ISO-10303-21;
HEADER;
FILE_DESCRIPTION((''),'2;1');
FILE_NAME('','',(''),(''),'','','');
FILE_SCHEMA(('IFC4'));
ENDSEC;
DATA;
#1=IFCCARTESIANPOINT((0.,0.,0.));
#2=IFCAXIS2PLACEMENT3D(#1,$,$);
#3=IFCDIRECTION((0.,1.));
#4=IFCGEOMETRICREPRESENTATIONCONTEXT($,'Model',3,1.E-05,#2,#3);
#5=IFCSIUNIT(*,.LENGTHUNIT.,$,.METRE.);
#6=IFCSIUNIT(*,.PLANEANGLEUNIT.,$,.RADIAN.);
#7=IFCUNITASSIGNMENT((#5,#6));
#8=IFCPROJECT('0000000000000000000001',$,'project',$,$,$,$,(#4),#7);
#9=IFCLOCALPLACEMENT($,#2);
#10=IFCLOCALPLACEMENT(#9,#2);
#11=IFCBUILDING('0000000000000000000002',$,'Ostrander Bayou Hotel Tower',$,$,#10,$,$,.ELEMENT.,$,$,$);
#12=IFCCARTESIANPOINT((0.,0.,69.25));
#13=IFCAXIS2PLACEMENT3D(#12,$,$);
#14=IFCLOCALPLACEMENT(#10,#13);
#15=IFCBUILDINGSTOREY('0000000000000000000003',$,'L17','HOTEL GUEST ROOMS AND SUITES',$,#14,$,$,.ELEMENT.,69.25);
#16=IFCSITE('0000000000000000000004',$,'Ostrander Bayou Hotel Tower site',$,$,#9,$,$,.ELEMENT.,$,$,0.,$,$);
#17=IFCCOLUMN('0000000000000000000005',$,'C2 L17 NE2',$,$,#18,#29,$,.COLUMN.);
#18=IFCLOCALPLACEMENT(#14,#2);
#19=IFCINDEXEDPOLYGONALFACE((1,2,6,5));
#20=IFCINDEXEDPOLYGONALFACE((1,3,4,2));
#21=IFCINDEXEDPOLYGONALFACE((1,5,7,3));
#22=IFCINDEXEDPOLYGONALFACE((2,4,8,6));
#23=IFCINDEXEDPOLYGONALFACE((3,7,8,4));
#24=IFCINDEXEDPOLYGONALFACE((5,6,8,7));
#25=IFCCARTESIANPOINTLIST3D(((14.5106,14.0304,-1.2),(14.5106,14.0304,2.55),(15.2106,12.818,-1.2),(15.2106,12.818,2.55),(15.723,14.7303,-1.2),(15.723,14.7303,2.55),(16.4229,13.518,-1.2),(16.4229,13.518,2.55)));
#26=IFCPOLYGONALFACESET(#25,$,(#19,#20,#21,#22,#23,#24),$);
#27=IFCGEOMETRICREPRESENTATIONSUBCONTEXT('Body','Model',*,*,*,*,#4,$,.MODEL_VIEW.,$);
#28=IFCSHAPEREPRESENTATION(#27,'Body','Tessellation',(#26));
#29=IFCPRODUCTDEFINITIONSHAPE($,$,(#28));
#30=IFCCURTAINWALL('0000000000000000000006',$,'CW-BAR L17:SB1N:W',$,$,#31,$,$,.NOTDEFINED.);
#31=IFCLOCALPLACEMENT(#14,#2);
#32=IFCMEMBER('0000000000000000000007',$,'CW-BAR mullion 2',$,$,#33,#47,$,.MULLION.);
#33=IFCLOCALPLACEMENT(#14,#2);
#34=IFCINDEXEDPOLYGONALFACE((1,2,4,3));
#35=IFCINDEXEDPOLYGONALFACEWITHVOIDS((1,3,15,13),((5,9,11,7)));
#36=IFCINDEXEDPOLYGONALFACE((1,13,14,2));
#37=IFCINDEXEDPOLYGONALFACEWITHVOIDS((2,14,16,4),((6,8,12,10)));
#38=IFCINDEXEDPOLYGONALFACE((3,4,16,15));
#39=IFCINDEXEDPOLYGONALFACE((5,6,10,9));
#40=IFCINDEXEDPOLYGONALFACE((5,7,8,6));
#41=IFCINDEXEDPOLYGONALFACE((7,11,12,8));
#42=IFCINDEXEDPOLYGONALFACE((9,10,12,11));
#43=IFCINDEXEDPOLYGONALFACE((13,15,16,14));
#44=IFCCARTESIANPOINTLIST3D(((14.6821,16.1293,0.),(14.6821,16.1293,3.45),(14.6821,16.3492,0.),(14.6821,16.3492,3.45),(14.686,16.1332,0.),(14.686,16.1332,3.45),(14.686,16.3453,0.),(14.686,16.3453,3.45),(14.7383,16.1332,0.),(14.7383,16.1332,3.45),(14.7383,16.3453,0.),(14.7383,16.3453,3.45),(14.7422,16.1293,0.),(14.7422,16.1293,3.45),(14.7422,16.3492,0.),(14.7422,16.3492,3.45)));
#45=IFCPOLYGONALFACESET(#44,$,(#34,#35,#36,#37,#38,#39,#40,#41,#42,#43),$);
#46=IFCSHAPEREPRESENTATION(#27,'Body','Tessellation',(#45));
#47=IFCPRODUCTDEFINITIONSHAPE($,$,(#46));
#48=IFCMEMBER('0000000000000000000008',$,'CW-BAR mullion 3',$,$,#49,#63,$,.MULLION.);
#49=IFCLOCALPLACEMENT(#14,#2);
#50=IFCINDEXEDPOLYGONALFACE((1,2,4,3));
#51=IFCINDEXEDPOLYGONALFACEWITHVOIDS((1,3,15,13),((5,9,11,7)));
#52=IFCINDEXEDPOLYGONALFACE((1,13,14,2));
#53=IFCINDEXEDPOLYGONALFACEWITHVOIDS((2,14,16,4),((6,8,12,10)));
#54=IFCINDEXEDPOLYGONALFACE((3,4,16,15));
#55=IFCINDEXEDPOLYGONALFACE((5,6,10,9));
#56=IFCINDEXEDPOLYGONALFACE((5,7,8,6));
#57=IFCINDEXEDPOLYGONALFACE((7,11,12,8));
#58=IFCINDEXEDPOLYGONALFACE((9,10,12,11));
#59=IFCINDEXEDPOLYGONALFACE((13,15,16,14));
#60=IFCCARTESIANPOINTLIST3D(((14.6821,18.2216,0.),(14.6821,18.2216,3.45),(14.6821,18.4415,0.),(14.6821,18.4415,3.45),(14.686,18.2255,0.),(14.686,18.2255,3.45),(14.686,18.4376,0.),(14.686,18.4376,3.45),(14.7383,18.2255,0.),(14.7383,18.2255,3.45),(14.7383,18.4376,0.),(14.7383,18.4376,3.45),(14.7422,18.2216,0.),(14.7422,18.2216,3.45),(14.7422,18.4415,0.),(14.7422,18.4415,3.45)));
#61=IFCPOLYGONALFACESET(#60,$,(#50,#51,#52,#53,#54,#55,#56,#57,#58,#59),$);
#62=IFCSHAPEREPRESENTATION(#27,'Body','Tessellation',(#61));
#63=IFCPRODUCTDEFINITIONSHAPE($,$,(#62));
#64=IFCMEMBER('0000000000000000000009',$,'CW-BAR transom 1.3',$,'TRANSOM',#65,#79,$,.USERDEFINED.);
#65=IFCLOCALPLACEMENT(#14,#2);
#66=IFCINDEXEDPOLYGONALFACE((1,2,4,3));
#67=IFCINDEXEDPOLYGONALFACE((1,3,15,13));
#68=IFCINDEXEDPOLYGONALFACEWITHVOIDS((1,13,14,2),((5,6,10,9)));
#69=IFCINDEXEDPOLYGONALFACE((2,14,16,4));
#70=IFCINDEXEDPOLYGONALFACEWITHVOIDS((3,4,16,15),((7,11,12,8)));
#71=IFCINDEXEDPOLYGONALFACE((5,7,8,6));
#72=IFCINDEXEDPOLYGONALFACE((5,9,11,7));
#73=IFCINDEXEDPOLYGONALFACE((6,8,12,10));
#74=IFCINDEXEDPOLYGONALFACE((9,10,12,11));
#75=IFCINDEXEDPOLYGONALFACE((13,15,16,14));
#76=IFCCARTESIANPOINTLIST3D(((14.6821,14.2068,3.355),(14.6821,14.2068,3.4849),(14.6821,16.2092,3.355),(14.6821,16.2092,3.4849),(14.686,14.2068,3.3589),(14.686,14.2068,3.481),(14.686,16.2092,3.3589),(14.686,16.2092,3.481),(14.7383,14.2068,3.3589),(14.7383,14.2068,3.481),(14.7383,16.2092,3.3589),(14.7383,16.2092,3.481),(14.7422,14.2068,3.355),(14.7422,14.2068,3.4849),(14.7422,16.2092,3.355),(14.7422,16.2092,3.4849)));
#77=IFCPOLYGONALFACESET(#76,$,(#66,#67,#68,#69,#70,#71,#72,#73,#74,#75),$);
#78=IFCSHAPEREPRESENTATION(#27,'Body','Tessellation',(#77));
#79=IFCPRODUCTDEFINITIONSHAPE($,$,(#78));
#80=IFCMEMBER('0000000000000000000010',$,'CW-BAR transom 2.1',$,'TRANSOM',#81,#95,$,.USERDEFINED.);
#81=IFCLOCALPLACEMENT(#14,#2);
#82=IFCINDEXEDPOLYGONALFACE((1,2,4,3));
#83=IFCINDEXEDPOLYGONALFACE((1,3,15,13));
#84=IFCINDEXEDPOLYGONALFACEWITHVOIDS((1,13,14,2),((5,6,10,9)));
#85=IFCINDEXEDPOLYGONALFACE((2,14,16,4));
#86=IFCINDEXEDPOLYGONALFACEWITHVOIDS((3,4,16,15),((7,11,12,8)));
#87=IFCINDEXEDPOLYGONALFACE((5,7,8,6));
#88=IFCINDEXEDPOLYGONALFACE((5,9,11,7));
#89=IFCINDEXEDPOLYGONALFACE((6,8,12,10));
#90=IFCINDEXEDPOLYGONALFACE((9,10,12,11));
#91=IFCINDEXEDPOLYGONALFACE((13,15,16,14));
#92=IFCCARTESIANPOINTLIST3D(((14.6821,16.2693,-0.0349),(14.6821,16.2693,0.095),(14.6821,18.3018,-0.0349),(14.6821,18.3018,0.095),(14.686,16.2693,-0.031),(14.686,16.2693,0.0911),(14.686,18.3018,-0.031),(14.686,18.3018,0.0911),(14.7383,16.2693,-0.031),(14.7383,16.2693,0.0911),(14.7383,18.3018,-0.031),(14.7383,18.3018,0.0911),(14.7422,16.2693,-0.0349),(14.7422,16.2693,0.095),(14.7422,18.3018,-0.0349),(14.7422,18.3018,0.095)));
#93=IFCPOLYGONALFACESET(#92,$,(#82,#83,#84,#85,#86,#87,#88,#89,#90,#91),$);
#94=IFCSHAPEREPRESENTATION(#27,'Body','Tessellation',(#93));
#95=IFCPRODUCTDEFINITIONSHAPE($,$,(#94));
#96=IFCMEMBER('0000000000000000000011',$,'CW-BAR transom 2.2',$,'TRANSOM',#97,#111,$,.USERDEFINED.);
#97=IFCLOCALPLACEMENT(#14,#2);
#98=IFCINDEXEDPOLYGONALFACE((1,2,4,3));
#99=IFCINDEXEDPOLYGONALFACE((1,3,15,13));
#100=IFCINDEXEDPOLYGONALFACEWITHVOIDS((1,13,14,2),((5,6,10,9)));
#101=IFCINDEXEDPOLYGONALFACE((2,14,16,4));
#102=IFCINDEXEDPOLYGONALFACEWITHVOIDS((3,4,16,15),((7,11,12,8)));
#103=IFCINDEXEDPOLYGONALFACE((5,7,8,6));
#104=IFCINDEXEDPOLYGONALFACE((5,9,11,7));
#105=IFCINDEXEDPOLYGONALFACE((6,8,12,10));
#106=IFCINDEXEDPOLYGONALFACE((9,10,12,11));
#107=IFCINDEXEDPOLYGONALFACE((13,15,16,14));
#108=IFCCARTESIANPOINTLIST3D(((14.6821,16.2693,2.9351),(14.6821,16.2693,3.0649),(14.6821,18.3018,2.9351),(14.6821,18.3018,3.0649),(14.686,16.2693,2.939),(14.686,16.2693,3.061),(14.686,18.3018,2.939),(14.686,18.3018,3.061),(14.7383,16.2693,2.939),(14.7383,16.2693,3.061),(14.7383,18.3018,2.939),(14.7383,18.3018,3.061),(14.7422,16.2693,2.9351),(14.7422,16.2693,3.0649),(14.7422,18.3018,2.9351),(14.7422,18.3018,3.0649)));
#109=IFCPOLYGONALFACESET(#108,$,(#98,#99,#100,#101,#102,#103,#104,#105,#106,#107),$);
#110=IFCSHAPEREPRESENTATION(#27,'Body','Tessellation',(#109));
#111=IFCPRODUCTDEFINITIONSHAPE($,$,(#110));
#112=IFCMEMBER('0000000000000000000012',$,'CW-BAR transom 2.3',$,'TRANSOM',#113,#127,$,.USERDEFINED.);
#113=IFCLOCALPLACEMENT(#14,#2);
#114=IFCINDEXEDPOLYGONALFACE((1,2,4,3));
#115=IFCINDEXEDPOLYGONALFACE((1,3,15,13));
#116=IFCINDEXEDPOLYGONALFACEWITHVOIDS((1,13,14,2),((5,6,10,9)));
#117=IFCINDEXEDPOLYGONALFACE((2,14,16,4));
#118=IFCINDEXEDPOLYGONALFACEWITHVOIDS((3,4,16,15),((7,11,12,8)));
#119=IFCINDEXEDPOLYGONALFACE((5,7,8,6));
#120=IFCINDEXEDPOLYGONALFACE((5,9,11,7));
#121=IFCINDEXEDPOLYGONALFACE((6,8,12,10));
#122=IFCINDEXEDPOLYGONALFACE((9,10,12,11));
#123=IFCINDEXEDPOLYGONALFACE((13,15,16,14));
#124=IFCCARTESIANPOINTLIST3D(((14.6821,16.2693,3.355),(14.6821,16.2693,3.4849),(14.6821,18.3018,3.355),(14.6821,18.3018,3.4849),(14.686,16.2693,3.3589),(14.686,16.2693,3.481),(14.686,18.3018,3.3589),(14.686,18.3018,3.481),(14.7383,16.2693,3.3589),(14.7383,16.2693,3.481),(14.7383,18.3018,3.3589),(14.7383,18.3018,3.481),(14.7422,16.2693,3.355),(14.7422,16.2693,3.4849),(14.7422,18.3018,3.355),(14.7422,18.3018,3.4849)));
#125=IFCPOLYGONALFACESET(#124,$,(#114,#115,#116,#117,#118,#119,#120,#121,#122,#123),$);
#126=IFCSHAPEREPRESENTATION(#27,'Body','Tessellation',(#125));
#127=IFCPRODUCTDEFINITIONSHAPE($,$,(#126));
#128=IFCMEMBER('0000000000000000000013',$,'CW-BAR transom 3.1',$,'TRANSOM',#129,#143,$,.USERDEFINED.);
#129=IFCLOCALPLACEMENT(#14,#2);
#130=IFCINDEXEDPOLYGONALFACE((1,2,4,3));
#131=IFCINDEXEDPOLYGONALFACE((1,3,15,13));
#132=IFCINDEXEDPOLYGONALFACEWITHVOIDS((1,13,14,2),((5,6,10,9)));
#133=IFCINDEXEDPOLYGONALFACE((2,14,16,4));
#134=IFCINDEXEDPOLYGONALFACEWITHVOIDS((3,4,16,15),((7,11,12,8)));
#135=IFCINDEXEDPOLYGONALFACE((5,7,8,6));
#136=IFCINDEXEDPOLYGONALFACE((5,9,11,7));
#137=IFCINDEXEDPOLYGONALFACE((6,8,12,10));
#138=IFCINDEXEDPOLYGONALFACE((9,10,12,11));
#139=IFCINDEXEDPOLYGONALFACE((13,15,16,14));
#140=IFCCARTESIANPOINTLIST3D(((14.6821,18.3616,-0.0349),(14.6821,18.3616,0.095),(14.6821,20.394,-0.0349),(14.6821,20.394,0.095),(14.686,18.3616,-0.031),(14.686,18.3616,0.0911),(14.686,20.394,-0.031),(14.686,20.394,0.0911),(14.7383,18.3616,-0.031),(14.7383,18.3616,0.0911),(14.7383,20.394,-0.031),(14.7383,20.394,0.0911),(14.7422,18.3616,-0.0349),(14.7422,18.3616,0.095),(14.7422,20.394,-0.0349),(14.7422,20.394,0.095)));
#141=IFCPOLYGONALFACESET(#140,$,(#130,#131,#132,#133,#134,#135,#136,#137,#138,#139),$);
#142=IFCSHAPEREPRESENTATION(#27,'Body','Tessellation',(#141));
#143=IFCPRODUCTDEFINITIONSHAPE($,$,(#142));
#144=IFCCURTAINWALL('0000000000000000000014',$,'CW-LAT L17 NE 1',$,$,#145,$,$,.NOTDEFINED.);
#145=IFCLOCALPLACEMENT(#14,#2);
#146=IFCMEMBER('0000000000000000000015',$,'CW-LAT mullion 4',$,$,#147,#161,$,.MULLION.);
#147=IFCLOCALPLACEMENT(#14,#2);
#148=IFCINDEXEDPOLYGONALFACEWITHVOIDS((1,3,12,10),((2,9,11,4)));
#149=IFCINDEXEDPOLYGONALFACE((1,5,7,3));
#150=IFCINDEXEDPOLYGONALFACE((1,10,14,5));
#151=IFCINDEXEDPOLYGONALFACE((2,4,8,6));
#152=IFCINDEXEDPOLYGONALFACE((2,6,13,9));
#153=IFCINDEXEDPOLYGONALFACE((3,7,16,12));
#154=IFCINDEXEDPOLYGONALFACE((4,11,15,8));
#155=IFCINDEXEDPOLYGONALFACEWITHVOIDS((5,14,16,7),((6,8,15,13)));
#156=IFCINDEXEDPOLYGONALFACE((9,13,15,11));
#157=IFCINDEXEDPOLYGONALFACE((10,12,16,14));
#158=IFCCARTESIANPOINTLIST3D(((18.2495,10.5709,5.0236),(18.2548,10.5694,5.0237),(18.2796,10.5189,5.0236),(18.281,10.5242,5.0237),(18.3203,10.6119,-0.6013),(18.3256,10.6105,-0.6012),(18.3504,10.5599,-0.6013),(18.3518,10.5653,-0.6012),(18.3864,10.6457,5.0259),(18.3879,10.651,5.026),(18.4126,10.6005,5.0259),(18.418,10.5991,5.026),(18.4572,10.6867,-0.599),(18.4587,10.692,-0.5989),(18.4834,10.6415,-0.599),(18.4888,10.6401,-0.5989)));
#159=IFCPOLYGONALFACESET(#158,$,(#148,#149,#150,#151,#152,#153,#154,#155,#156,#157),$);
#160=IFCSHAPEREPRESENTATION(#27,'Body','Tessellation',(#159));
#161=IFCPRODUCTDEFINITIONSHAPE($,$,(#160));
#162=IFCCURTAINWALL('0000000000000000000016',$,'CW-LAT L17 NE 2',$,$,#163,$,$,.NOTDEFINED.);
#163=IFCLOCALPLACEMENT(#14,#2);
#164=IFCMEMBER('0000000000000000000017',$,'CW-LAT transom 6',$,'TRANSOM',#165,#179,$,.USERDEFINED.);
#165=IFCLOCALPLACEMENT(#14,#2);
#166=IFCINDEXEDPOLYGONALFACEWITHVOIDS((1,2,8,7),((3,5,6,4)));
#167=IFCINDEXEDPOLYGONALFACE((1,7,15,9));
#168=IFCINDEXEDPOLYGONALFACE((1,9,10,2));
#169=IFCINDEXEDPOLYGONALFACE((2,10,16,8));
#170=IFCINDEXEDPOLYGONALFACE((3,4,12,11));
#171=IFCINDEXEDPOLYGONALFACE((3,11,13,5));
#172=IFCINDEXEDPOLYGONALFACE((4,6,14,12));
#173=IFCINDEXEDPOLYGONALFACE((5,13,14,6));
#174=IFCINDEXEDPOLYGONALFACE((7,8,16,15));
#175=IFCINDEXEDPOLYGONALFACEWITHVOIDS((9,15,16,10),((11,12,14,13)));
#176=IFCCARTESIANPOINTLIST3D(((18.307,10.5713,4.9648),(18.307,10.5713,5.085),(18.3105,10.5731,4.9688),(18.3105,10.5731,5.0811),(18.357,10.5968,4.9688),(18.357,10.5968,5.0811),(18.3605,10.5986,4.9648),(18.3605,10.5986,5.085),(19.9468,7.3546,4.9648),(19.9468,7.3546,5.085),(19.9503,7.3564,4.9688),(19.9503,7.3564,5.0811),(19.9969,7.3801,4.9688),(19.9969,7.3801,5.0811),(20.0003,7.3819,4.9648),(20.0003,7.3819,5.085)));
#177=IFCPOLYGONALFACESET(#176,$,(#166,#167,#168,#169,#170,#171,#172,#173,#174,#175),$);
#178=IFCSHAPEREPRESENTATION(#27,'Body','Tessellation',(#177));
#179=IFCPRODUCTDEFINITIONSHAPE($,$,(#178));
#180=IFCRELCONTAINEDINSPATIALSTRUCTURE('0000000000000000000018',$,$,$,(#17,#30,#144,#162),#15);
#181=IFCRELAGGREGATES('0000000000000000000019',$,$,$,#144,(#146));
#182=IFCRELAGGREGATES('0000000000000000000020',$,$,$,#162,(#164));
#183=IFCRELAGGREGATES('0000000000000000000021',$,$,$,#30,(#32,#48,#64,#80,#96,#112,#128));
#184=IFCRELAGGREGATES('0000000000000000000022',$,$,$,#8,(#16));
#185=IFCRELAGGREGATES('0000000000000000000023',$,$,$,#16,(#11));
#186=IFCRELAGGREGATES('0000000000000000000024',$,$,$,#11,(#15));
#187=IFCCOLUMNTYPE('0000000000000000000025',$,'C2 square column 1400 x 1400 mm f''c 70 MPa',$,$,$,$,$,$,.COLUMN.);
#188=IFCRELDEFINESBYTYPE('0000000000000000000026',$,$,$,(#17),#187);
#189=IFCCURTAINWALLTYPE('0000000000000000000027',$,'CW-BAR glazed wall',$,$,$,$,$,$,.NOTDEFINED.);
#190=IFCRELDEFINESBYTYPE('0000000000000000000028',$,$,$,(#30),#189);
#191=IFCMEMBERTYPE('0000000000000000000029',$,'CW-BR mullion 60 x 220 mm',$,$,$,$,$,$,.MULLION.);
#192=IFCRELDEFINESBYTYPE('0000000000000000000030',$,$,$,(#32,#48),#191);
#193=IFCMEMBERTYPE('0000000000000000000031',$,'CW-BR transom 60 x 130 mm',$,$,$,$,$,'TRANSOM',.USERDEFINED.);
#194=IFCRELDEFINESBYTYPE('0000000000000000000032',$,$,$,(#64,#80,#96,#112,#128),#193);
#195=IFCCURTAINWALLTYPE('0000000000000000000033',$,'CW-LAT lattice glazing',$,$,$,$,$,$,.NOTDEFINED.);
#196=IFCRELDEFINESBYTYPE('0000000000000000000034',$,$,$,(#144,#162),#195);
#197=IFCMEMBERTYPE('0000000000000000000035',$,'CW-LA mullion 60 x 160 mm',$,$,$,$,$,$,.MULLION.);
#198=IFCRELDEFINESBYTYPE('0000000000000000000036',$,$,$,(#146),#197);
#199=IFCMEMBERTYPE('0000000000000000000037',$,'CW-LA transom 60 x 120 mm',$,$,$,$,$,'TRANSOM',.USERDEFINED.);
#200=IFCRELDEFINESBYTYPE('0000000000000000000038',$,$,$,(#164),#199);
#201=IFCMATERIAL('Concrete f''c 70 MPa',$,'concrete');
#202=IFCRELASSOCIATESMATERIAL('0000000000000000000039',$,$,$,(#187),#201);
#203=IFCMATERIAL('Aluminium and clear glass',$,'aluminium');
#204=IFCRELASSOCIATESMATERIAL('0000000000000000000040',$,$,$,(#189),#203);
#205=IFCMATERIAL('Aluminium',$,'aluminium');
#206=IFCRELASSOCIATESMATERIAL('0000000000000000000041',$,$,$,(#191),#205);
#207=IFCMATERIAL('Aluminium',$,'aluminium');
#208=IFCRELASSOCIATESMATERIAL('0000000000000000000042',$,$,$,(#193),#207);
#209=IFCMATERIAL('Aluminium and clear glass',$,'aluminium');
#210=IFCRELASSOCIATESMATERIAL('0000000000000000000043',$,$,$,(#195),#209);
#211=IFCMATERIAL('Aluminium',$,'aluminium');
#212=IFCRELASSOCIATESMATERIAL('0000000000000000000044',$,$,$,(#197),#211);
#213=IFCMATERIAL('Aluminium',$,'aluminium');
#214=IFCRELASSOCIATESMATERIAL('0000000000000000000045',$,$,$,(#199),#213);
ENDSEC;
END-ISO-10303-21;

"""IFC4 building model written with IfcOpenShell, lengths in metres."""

from ifc_helpers import new_model, si_unit, direction, frame, origin, origin_2d, place, context, subcontext, project, spatial, rectangle, hollow_rectangle, extrude, material, material_profile, profile_set, type_object, element, aggregate, save


model = new_model("IFC4")

# Units and contexts
model_context = context("Model", 3, precision=1e-05, world=origin(), true_north=direction((0.0, 1.0)))
body_context = subcontext(model_context, "Body", "Model", "MODEL_VIEW")
ifc_project = project(units=[si_unit("LENGTHUNIT", "METRE"), si_unit("PLANEANGLEUNIT", "RADIAN")], contexts=[model_context])

# Site, building, storey
site_placement = place(None, origin())
site = spatial("IfcSite", under=ifc_project, at=site_placement, Name="Ostrander Bayou Hotel Tower site", CompositionType="ELEMENT", RefElevation=0.0)
building_placement = place(site_placement, origin())
building = spatial("IfcBuilding", under=site, at=building_placement, Name="Ostrander Bayou Hotel Tower", CompositionType="ELEMENT")
storey_placement = place(building_placement, frame((0.0, 0.0, 69.25)))
storey = spatial("IfcBuildingStorey", under=building, at=storey_placement, Name="L17", Description="HOTEL GUEST ROOMS AND SUITES", CompositionType="ELEMENT", Elevation=69.25)

# Column
ifc_material_1 = material(Name="Concrete f'c 70 MPa", Category="concrete")
ifc_material_profile_1 = material_profile(ifc_material_1, rectangle(XDim=1.3999, YDim=1.3999, at=origin_2d()))
ifc_profile_set_1 = profile_set([ifc_material_profile_1], Name="Concrete f'c 70 MPa")
column_type = type_object("IfcColumnType", Name="C2 square column 1400 x 1400 mm f'c 70 MPa", PredefinedType="COLUMN", material=ifc_profile_set_1)
column_placement = place(storey_placement, frame((15.4668, 13.7742, -1.2), z_axis=(0.0, 0.0, 1.0), x_axis=(0.5, -0.866025, 0.0)))
element("IfcColumn", 1, at=column_placement, inside=storey, type_object=column_type, Name="C2 L17 NE2", PredefinedType="COLUMN", context=body_context, shape_type="SweptSolid", body=[
    extrude(rectangle(XDim=1.3999, YDim=1.3999, at=origin_2d()), origin(), (0.0, 0.0, 1.0), 3.75),
])

# Curtain wall, members
ifc_material_2 = material(Name="Aluminium and clear glass", Category="aluminium")
curtain_wall_type_1 = type_object("IfcCurtainWallType", Name="CW-BAR glazed wall", PredefinedType="NOTDEFINED", material=ifc_material_2)
curtain_wall_1_placement = place(storey_placement, origin())
curtain_wall_1 = element("IfcCurtainWall", 2, at=curtain_wall_1_placement, inside=storey, type_object=curtain_wall_type_1, Name="CW-BAR L17:SB1N:W", PredefinedType="NOTDEFINED")
ifc_material_3 = material(Name="Aluminium", Category="aluminium")
ifc_material_profile_2 = material_profile(ifc_material_3, hollow_rectangle(XDim=0.0601, YDim=0.22, WallThickness=0.0039, at=origin_2d()))
ifc_profile_set_2 = profile_set([ifc_material_profile_2], Name="Aluminium")
member_type_1 = type_object("IfcMemberType", Name="CW-BR mullion 60 x 220 mm", PredefinedType="MULLION", material=ifc_profile_set_2)
member_1_placement = place(storey_placement, frame((14.7122, 16.2393, 0.0), z_axis=(0.0, 0.0, 1.0), x_axis=(-1.0, 0.0, 0.0)))
member_1 = element("IfcMember", 3, at=member_1_placement, type_object=member_type_1, Name="CW-BAR mullion 2", PredefinedType="MULLION", context=body_context, shape_type="SweptSolid", body=[
    extrude(hollow_rectangle(XDim=0.0601, YDim=0.22, WallThickness=0.0039, at=origin_2d()), origin(), (0.0, 0.0, 1.0), 3.45),
])
member_2_placement = place(storey_placement, frame((14.7122, 18.3315, 0.0), z_axis=(0.0, 0.0, 1.0), x_axis=(-1.0, 0.0, 0.0)))
member_2 = element("IfcMember", 4, at=member_2_placement, type_object=member_type_1, Name="CW-BAR mullion 3", PredefinedType="MULLION", context=body_context, shape_type="SweptSolid", body=[
    extrude(hollow_rectangle(XDim=0.0601, YDim=0.22, WallThickness=0.0039, at=origin_2d()), origin(), (0.0, 0.0, 1.0), 3.45),
])
ifc_material_4 = material(Name="Aluminium", Category="aluminium")
ifc_material_profile_3 = material_profile(ifc_material_4, hollow_rectangle(XDim=0.0601, YDim=0.1299, WallThickness=0.0039, at=origin_2d()))
ifc_profile_set_3 = profile_set([ifc_material_profile_3], Name="Aluminium")
member_type_2 = type_object("IfcMemberType", Name="CW-BR transom 60 x 130 mm", ElementType="TRANSOM", PredefinedType="USERDEFINED", material=ifc_profile_set_3)
member_3_placement = place(storey_placement, frame((14.7122, 14.2068, 3.4199), z_axis=(0.0, 1.0, 0.0), x_axis=(-1.0, 0.0, 0.0)))
member_3 = element("IfcMember", 5, at=member_3_placement, type_object=member_type_2, Name="CW-BAR transom 1.3", ObjectType="TRANSOM", PredefinedType="USERDEFINED", context=body_context, shape_type="SweptSolid", body=[
    extrude(hollow_rectangle(XDim=0.0601, YDim=0.1299, WallThickness=0.0039, at=origin_2d()), origin(), (0.0, 0.0, 1.0), 2.0024),
])
member_4_placement = place(storey_placement, frame((14.7122, 16.2693, 0.03), z_axis=(0.0, 1.0, 0.0), x_axis=(-1.0, 0.0, 0.0)))
member_4 = element("IfcMember", 6, at=member_4_placement, type_object=member_type_2, Name="CW-BAR transom 2.1", ObjectType="TRANSOM", PredefinedType="USERDEFINED", context=body_context, shape_type="SweptSolid", body=[
    extrude(hollow_rectangle(XDim=0.0601, YDim=0.1299, WallThickness=0.0039, at=origin_2d()), origin(), (0.0, 0.0, 1.0), 2.0325),
])
member_5_placement = place(storey_placement, frame((14.7122, 16.2693, 3.0), z_axis=(0.0, 1.0, 0.0), x_axis=(-1.0, 0.0, 0.0)))
member_5 = element("IfcMember", 7, at=member_5_placement, type_object=member_type_2, Name="CW-BAR transom 2.2", ObjectType="TRANSOM", PredefinedType="USERDEFINED", context=body_context, shape_type="SweptSolid", body=[
    extrude(hollow_rectangle(XDim=0.0601, YDim=0.1299, WallThickness=0.0039, at=origin_2d()), origin(), (0.0, 0.0, 1.0), 2.0325),
])
member_6_placement = place(storey_placement, frame((14.7122, 16.2693, 3.4199), z_axis=(0.0, 1.0, 0.0), x_axis=(-1.0, 0.0, 0.0)))
member_6 = element("IfcMember", 8, at=member_6_placement, type_object=member_type_2, Name="CW-BAR transom 2.3", ObjectType="TRANSOM", PredefinedType="USERDEFINED", context=body_context, shape_type="SweptSolid", body=[
    extrude(hollow_rectangle(XDim=0.0601, YDim=0.1299, WallThickness=0.0039, at=origin_2d()), origin(), (0.0, 0.0, 1.0), 2.0325),
])
member_7_placement = place(storey_placement, frame((14.7122, 18.3616, 0.03), z_axis=(0.0, 1.0, 0.0), x_axis=(-1.0, 0.0, 0.0)))
member_7 = element("IfcMember", 9, at=member_7_placement, type_object=member_type_2, Name="CW-BAR transom 3.1", ObjectType="TRANSOM", PredefinedType="USERDEFINED", context=body_context, shape_type="SweptSolid", body=[
    extrude(hollow_rectangle(XDim=0.0601, YDim=0.1299, WallThickness=0.0039, at=origin_2d()), origin(), (0.0, 0.0, 1.0), 2.0325),
])

# Curtain wall, member
ifc_material_5 = material(Name="Aluminium and clear glass", Category="aluminium")
curtain_wall_type_2 = type_object("IfcCurtainWallType", Name="CW-LAT lattice glazing", PredefinedType="NOTDEFINED", material=ifc_material_5)
curtain_wall_2_placement = place(storey_placement, origin())
curtain_wall_2 = element("IfcCurtainWall", 10, at=curtain_wall_2_placement, inside=storey, type_object=curtain_wall_type_2, Name="CW-LAT L17 NE 1", PredefinedType="NOTDEFINED")
ifc_material_6 = material(Name="Aluminium", Category="aluminium")
ifc_material_profile_4 = material_profile(ifc_material_6, hollow_rectangle(XDim=0.0601, YDim=0.1599, WallThickness=0.0039, at=origin_2d()))
ifc_profile_set_4 = profile_set([ifc_material_profile_4], Name="Aluminium")
member_type_3 = type_object("IfcMemberType", Name="CW-LA mullion 60 x 160 mm", PredefinedType="MULLION", material=ifc_profile_set_4)
member_8_placement = place(storey_placement, frame((18.4045, 10.626, -0.6001), z_axis=(-0.012585, -0.007291, 0.999894), x_axis=(0.501271, -0.86529, 0.0)))
member_8 = element("IfcMember", 11, at=member_8_placement, type_object=member_type_3, Name="CW-LAT mullion 4", PredefinedType="MULLION", context=body_context, shape_type="SweptSolid", body=[
    extrude(hollow_rectangle(XDim=0.0601, YDim=0.1599, WallThickness=0.0039, at=origin_2d()), origin(), (0.0, 0.0, 1.0), 5.6255),
])
aggregate(curtain_wall_2, [member_8])

# Curtain wall, member
curtain_wall_3_placement = place(storey_placement, origin())
curtain_wall_3 = element("IfcCurtainWall", 12, at=curtain_wall_3_placement, inside=storey, type_object=curtain_wall_type_2, Name="CW-LAT L17 NE 2", PredefinedType="NOTDEFINED")
ifc_material_7 = material(Name="Aluminium", Category="aluminium")
ifc_material_profile_5 = material_profile(ifc_material_7, hollow_rectangle(XDim=0.0601, YDim=0.1201, WallThickness=0.0039, at=origin_2d()))
ifc_profile_set_5 = profile_set([ifc_material_profile_5], Name="Aluminium")
member_type_4 = type_object("IfcMemberType", Name="CW-LA transom 60 x 120 mm", ElementType="TRANSOM", PredefinedType="USERDEFINED", material=ifc_profile_set_5)
member_9_placement = place(storey_placement, frame((18.3337, 10.585, 5.0249), z_axis=(0.454178, -0.890911, 0.0), x_axis=(0.890911, 0.454178, 0.0)))
member_9 = element("IfcMember", 13, at=member_9_placement, type_object=member_type_4, Name="CW-LAT transom 6", ObjectType="TRANSOM", PredefinedType="USERDEFINED", context=body_context, shape_type="SweptSolid", body=[
    extrude(hollow_rectangle(XDim=0.0601, YDim=0.1201, WallThickness=0.0039, at=origin_2d()), origin(), (0.0, 0.0, 1.0), 3.6106),
])
aggregate(curtain_wall_3, [member_9])

aggregate(curtain_wall_1, [member_1, member_2, member_3, member_4, member_5, member_6, member_7])

save(model, "model.ifc")
